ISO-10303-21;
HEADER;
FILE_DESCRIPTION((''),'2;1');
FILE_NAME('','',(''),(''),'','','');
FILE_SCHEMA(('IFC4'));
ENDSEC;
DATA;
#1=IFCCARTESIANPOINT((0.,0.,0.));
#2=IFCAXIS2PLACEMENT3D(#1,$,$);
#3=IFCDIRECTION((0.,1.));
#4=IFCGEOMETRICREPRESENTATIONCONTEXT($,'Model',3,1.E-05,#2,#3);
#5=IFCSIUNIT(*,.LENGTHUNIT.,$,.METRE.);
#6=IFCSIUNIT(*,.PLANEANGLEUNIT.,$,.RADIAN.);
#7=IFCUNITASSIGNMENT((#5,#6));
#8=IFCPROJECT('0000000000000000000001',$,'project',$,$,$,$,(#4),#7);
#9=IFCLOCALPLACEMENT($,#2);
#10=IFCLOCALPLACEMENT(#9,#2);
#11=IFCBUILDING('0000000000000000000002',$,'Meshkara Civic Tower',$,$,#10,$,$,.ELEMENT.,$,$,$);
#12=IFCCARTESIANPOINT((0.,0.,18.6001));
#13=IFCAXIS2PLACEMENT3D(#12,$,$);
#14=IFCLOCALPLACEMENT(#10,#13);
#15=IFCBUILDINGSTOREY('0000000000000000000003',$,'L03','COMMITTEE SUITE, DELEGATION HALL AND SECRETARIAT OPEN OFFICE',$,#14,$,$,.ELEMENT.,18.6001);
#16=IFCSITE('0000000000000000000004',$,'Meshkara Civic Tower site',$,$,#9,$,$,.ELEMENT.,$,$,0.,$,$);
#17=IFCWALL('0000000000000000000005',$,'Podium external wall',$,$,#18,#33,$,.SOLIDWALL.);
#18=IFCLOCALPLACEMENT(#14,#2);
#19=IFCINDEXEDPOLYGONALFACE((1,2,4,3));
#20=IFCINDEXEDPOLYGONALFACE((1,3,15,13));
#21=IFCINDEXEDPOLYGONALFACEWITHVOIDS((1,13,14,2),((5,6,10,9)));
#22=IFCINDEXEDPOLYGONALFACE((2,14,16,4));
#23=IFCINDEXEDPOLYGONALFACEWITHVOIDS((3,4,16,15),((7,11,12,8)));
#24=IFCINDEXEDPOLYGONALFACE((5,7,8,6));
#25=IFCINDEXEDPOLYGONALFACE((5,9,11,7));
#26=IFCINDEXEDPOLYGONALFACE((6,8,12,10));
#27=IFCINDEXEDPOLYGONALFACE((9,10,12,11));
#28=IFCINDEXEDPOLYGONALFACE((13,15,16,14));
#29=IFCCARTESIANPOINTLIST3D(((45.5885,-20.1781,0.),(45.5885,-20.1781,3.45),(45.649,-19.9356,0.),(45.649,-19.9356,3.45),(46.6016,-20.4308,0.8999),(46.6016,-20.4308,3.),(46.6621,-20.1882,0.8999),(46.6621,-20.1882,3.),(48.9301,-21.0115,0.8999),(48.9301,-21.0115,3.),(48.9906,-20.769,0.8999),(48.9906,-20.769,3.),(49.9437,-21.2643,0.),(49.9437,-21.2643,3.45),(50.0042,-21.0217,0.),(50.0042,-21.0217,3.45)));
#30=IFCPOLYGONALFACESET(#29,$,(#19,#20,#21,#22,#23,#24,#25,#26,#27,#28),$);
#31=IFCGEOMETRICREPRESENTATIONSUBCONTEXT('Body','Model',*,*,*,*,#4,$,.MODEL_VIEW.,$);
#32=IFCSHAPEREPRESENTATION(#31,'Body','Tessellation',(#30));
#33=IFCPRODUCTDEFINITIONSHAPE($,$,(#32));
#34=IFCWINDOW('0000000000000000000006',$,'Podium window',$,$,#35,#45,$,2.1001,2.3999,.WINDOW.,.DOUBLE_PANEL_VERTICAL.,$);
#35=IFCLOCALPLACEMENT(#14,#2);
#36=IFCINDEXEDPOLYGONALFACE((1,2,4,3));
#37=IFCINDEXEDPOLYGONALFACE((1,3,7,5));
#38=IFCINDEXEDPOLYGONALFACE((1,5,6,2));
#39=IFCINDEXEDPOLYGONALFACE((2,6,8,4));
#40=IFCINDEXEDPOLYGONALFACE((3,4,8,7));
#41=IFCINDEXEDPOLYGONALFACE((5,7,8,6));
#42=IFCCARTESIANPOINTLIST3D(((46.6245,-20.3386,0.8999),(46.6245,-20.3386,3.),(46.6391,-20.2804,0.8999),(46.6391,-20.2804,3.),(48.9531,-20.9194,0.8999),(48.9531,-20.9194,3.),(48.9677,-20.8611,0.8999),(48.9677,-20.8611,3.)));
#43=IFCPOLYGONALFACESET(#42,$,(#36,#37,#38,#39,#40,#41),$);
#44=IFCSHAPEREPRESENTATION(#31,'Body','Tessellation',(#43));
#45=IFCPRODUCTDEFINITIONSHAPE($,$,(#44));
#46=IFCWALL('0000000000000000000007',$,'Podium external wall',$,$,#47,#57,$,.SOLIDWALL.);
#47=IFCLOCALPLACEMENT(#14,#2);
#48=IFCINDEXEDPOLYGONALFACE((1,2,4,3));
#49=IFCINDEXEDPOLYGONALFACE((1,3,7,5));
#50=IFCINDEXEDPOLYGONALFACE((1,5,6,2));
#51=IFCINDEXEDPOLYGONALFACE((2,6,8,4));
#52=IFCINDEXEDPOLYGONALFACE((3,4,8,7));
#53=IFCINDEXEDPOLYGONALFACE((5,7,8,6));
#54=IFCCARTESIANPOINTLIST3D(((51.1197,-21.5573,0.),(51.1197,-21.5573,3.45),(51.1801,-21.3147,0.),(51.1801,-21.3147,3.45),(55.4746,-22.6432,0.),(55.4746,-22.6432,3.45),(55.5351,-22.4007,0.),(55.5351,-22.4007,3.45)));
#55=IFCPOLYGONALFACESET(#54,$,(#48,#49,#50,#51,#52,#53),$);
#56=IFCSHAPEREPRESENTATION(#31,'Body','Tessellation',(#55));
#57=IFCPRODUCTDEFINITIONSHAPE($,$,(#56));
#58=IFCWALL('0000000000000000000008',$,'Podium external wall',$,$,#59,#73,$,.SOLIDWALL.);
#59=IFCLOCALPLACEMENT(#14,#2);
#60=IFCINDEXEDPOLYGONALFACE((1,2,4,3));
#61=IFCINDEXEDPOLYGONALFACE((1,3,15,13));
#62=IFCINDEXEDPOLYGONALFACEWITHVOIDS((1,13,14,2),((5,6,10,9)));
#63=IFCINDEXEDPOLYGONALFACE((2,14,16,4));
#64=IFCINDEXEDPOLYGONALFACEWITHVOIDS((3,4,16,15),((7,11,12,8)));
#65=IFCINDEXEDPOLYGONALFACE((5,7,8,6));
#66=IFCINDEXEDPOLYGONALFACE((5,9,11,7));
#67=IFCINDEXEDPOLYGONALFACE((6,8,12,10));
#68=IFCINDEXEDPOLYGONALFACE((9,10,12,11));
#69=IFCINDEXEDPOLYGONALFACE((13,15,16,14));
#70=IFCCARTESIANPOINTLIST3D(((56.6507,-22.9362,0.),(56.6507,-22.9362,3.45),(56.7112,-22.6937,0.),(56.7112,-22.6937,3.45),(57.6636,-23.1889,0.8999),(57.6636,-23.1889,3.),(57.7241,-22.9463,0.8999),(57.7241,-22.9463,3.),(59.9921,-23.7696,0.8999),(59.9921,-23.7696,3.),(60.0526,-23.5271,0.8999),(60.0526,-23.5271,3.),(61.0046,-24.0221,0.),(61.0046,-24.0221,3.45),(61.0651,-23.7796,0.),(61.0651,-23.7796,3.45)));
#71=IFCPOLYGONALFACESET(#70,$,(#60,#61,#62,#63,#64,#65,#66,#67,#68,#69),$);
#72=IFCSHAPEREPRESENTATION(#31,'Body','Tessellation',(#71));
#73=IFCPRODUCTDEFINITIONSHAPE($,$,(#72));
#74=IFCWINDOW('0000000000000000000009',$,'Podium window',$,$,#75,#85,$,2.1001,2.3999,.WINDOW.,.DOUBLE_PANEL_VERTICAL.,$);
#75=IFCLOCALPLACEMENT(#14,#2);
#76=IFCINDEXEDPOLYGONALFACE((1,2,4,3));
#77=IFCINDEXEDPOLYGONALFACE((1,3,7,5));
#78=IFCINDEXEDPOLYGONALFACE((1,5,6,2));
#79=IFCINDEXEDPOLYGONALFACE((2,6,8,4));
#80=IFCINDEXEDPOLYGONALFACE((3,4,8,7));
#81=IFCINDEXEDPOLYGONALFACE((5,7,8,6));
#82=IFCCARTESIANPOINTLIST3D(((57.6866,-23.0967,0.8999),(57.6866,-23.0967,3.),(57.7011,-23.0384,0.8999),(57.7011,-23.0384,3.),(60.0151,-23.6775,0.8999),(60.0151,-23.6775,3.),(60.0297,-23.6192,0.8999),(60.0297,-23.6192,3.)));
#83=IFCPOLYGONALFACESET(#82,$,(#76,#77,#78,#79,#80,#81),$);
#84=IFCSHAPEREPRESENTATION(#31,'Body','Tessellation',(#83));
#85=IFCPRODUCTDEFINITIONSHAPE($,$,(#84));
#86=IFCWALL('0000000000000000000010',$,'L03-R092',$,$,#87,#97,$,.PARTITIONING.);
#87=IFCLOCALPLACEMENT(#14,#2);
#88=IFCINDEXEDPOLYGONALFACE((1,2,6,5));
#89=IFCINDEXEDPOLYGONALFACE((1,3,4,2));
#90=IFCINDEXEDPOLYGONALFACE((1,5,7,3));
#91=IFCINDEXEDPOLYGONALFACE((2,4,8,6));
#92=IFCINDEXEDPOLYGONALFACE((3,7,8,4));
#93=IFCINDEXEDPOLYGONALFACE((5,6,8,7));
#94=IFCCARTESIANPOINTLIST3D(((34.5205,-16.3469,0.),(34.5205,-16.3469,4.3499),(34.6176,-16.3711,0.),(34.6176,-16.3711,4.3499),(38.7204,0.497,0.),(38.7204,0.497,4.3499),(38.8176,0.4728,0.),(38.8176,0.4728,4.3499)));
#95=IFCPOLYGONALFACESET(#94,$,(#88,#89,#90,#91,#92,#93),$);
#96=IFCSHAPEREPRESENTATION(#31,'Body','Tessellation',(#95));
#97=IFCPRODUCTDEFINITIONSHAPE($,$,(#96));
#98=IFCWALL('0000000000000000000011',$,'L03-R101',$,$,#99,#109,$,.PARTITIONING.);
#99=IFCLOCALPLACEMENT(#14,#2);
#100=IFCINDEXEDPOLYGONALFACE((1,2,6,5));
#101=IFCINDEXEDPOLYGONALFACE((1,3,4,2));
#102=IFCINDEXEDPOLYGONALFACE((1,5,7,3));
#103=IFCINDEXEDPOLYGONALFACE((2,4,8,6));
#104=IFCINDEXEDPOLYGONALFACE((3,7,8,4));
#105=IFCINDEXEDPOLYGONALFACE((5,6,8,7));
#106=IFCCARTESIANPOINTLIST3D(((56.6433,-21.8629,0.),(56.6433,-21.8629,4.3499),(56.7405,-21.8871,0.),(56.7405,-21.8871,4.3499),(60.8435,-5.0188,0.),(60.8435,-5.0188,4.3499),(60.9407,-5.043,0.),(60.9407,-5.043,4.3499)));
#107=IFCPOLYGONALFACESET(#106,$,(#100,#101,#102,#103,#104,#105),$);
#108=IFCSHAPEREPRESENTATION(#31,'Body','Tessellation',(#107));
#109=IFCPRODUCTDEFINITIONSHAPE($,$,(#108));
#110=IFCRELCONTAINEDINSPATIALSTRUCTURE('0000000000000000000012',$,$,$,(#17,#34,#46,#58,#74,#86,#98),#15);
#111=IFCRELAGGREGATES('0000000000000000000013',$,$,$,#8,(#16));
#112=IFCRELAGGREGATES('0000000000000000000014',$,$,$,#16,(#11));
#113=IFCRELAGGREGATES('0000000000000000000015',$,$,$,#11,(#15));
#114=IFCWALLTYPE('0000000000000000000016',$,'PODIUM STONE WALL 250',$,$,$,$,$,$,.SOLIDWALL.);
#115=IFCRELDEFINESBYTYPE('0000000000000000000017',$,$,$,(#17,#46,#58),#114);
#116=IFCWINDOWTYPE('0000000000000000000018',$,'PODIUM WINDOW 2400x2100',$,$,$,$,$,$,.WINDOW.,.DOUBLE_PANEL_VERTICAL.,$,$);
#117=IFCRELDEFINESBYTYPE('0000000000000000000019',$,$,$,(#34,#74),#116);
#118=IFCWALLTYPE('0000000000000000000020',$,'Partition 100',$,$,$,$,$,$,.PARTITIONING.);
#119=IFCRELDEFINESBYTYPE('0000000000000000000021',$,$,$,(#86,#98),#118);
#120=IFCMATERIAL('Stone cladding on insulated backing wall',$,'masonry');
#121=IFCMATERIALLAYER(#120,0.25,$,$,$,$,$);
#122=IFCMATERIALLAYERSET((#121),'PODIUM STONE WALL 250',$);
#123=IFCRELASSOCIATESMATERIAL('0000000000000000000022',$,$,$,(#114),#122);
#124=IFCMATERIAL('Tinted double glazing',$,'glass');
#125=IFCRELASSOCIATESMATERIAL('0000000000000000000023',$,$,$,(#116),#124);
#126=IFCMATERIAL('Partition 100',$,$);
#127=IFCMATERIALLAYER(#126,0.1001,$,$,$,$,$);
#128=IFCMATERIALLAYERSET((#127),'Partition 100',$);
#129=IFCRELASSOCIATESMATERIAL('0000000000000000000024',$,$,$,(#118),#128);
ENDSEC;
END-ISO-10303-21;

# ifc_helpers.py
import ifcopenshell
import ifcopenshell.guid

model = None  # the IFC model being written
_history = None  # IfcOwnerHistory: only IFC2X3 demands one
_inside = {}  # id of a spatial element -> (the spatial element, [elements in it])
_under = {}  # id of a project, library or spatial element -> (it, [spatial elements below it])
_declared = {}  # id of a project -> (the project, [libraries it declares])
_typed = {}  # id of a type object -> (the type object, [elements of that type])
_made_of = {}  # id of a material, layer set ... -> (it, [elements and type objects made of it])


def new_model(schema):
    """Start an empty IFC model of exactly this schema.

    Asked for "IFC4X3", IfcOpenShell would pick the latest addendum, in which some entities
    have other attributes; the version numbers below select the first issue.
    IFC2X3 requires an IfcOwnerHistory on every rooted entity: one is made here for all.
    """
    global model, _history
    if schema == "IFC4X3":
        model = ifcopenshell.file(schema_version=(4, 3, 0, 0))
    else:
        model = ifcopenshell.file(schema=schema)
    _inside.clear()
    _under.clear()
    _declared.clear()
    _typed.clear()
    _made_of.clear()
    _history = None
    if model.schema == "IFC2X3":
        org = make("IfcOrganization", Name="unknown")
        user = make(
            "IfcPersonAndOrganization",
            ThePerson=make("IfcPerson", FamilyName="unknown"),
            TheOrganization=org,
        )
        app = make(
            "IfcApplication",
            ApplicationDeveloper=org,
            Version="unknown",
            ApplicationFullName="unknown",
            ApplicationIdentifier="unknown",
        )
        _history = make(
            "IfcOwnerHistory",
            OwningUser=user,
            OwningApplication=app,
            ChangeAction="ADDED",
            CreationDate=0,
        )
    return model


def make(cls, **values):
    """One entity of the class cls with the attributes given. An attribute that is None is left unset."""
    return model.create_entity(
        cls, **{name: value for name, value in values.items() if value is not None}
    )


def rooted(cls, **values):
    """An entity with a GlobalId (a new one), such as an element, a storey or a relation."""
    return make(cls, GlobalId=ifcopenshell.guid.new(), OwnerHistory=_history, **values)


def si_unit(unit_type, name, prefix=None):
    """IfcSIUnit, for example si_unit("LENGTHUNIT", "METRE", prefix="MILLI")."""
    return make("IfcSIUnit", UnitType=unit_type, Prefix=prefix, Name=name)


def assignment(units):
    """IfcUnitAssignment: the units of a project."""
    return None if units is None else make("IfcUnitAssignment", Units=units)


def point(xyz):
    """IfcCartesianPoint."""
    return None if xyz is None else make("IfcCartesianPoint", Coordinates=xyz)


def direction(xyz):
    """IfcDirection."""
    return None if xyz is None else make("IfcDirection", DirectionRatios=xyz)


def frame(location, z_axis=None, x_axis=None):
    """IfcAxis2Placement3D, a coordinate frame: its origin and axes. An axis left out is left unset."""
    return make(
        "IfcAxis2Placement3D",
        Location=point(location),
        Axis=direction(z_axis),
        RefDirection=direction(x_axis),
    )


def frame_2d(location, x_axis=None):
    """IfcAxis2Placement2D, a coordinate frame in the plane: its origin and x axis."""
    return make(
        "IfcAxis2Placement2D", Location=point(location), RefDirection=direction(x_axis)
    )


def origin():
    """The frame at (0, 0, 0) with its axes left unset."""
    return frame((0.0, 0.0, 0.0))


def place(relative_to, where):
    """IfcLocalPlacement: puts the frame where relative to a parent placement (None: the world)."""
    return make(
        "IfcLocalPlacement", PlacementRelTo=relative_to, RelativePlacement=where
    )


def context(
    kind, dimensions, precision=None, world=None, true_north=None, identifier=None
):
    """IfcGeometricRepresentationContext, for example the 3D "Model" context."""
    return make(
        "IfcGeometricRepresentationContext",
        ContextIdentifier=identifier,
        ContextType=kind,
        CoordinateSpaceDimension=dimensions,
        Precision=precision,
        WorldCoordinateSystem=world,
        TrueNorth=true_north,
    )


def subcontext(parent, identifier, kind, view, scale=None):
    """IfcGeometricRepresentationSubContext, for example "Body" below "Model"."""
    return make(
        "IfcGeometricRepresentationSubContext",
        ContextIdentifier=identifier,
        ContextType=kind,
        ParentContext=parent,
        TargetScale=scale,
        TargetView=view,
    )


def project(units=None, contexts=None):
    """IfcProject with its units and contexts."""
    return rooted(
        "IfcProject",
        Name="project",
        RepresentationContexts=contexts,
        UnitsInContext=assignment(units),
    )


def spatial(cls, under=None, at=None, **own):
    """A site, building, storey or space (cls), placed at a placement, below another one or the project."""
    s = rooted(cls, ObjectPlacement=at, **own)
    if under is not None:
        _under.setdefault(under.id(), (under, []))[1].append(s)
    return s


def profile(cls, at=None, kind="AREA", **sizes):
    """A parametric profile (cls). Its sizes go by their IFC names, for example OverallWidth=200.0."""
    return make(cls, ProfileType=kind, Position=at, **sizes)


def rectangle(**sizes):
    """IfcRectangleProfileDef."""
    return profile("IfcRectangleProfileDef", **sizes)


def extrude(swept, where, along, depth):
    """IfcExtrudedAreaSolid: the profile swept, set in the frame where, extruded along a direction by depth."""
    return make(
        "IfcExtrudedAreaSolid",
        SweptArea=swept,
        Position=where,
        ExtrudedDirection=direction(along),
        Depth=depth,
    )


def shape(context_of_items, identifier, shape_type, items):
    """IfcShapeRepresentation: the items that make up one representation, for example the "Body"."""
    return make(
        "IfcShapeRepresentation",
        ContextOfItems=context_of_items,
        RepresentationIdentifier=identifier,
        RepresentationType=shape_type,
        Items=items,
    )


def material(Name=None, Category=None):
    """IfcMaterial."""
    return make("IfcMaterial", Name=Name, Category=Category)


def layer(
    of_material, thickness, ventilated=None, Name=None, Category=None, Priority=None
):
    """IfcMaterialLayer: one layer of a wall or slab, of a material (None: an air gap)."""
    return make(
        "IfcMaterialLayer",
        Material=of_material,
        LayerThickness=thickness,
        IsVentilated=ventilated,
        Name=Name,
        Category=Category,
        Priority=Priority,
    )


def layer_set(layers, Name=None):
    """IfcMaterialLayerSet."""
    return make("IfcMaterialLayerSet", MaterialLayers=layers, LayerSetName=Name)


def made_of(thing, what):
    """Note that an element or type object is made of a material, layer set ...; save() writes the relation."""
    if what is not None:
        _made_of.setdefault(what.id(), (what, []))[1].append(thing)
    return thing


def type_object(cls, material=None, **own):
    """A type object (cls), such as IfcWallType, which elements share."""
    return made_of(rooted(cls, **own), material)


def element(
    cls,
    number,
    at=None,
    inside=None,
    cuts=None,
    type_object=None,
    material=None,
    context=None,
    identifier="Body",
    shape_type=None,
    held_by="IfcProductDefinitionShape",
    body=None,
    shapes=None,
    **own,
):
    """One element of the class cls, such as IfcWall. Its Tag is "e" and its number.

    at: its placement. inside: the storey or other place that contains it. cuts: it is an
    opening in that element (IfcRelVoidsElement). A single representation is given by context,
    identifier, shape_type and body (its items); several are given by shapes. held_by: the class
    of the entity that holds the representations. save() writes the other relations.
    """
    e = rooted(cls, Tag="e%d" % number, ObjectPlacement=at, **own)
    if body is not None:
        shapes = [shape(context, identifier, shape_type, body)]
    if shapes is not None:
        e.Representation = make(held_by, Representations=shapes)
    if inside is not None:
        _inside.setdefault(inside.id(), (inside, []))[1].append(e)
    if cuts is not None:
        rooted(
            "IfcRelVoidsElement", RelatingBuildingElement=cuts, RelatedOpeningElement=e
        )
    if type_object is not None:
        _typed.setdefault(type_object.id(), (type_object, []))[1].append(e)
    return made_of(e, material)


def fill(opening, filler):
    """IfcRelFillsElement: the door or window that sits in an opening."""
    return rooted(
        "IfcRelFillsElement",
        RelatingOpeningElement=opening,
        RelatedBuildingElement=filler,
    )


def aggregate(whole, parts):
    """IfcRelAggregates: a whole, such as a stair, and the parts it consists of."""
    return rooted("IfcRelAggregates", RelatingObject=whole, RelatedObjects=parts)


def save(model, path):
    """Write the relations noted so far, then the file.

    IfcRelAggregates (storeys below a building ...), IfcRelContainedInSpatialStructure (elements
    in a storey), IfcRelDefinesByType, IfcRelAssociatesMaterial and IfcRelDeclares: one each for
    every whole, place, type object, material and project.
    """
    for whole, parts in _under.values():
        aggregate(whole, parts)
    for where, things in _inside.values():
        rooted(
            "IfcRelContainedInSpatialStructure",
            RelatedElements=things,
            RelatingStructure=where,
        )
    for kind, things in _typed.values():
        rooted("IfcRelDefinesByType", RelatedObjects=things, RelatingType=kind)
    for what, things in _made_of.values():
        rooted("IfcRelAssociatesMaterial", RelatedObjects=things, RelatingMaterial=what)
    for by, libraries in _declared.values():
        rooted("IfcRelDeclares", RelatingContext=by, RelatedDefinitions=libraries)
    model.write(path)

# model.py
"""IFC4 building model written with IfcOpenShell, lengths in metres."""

from ifc_helpers import new_model, si_unit, direction, frame, frame_2d, origin, place, context, subcontext, project, spatial, rectangle, extrude, material, layer, layer_set, type_object, element, fill, save


model = new_model("IFC4")

# Units and contexts
model_context = context("Model", 3, precision=1e-05, world=origin(), true_north=direction((0.0, 1.0)))
body_context = subcontext(model_context, "Body", "Model", "MODEL_VIEW")
ifc_project = project(units=[si_unit("LENGTHUNIT", "METRE"), si_unit("PLANEANGLEUNIT", "RADIAN")], contexts=[model_context])

# Site, building, storey
site_placement = place(None, origin())
site = spatial("IfcSite", under=ifc_project, at=site_placement, Name="Meshkara Civic Tower site", CompositionType="ELEMENT", RefElevation=0.0)
building_placement = place(site_placement, origin())
building = spatial("IfcBuilding", under=site, at=building_placement, Name="Meshkara Civic Tower", CompositionType="ELEMENT")
storey_placement = place(building_placement, frame((0.0, 0.0, 18.6001)))
storey = spatial("IfcBuildingStorey", under=building, at=storey_placement, Name="L03", Description="COMMITTEE SUITE, DELEGATION HALL AND SECRETARIAT OPEN OFFICE", CompositionType="ELEMENT", Elevation=18.6001)

# Shared definitions
ifc_material_1 = material(Name="Stone cladding on insulated backing wall", Category="masonry")
ifc_layer_1 = layer(ifc_material_1, 0.25)
ifc_layer_set_1 = layer_set([ifc_layer_1], Name="PODIUM STONE WALL 250")
wall_type_1 = type_object("IfcWallType", Name="PODIUM STONE WALL 250", PredefinedType="SOLIDWALL", material=ifc_layer_set_1)

# Shared definitions
ifc_material_2 = material(Name="Tinted double glazing", Category="glass")
window_type = type_object("IfcWindowType", Name="PODIUM WINDOW 2400x2100", PartitioningType="DOUBLE_PANEL_VERTICAL", PredefinedType="WINDOW", material=ifc_material_2)

# Wall, opening, window
wall_1_placement = place(storey_placement, frame((45.6189, -20.0569, 0.0), z_axis=(0.0, 0.0, 1.0), x_axis=(0.97028, -0.241985, 0.0)))
wall_1 = element("IfcWall", 1, at=wall_1_placement, inside=storey, type_object=wall_type_1, Name="Podium external wall", PredefinedType="SOLIDWALL", context=body_context, shape_type="SweptSolid", body=[
    extrude(rectangle(XDim=4.4885, YDim=0.25, at=frame_2d((2.2441, 0.0))), origin(), (0.0, 0.0, 1.0), 3.45),
])
opening_1_placement = place(wall_1_placement, frame((1.0439, 0.0, 0.8999)))
opening_1 = element("IfcOpeningElement", 2, at=opening_1_placement, cuts=wall_1, PredefinedType="OPENING", context=body_context, shape_type="SweptSolid", body=[
    extrude(rectangle(XDim=2.3999, YDim=2.1001, at=frame_2d((1.2, 1.05))), frame((0.0, 0.135, 0.0), z_axis=(0.0, -1.0, 0.0), x_axis=(1.0, 0.0, 0.0)), (0.0, 0.0, 1.0), 0.27),
])
window_1_placement = place(opening_1_placement, origin())
window_1 = element("IfcWindow", 3, at=window_1_placement, inside=storey, type_object=window_type, Name="Podium window", OverallHeight=2.1001, OverallWidth=2.3999, PartitioningType="DOUBLE_PANEL_VERTICAL", PredefinedType="WINDOW", context=body_context, shape_type="SweptSolid", body=[
    extrude(rectangle(XDim=2.3999, YDim=2.1001, at=frame_2d((1.2, 1.05))), frame((0.0, 0.03, 0.0), z_axis=(0.0, -1.0, 0.0), x_axis=(1.0, 0.0, 0.0)), (0.0, 0.0, 1.0), 0.0601),
])
fill(opening_1, window_1)

# Wall
wall_2_placement = place(storey_placement, frame((51.1499, -21.436, 0.0), z_axis=(0.0, 0.0, 1.0), x_axis=(0.97029, -0.241947, 0.0)))
element("IfcWall", 4, at=wall_2_placement, inside=storey, type_object=wall_type_1, Name="Podium external wall", PredefinedType="SOLIDWALL", context=body_context, shape_type="SweptSolid", body=[
    extrude(rectangle(XDim=4.4883, YDim=0.25, at=frame_2d((2.2441, 0.0))), origin(), (0.0, 0.0, 1.0), 3.45),
])

# Wall, opening, window
wall_3_placement = place(storey_placement, frame((56.6809, -22.8149, 0.0), z_axis=(0.0, 0.0, 1.0), x_axis=(0.970277, -0.241998, 0.0)))
wall_3 = element("IfcWall", 5, at=wall_3_placement, inside=storey, type_object=wall_type_1, Name="Podium external wall", PredefinedType="SOLIDWALL", context=body_context, shape_type="SweptSolid", body=[
    extrude(rectangle(XDim=4.4873, YDim=0.25, at=frame_2d((2.2437, 0.0))), origin(), (0.0, 0.0, 1.0), 3.45),
])
opening_2_placement = place(wall_3_placement, frame((1.0439, 0.0, 0.8999)))
opening_2 = element("IfcOpeningElement", 6, at=opening_2_placement, cuts=wall_3, PredefinedType="OPENING", context=body_context, shape_type="SweptSolid", body=[
    extrude(rectangle(XDim=2.3999, YDim=2.1001, at=frame_2d((1.2, 1.05))), frame((0.0, 0.135, 0.0), z_axis=(0.0, -1.0, 0.0), x_axis=(1.0, 0.0, 0.0)), (0.0, 0.0, 1.0), 0.27),
])
window_2_placement = place(opening_2_placement, origin())
window_2 = element("IfcWindow", 7, at=window_2_placement, inside=storey, type_object=window_type, Name="Podium window", OverallHeight=2.1001, OverallWidth=2.3999, PartitioningType="DOUBLE_PANEL_VERTICAL", PredefinedType="WINDOW", context=body_context, shape_type="SweptSolid", body=[
    extrude(rectangle(XDim=2.3999, YDim=2.1001, at=frame_2d((1.2, 1.05))), frame((0.0, 0.03, 0.0), z_axis=(0.0, -1.0, 0.0), x_axis=(1.0, 0.0, 0.0)), (0.0, 0.0, 1.0), 0.0601),
])
fill(opening_2, window_2)

# Walls
ifc_material_3 = material(Name="Partition 100")
ifc_layer_2 = layer(ifc_material_3, 0.1001)
ifc_layer_set_2 = layer_set([ifc_layer_2], Name="Partition 100")
wall_type_2 = type_object("IfcWallType", Name="Partition 100", PredefinedType="PARTITIONING", material=ifc_layer_set_2)
wall_4_placement = place(storey_placement, frame((34.5691, -16.3589, 0.0), z_axis=(0.0, 0.0, 1.0), x_axis=(0.241937, 0.970292, 0.0)))
element("IfcWall", 8, at=wall_4_placement, inside=storey, type_object=wall_type_2, Name="L03-R092", PredefinedType="PARTITIONING", context=body_context, shape_type="SweptSolid", body=[
    extrude(rectangle(XDim=17.3596, YDim=0.1001, at=frame_2d((8.6797, 0.0))), origin(), (0.0, 0.0, 1.0), 4.3499),
])
wall_5_placement = place(storey_placement, frame((56.6919, -21.875, 0.0), z_axis=(0.0, 0.0, 1.0), x_axis=(0.24195, 0.970289, 0.0)))
element("IfcWall", 9, at=wall_5_placement, inside=storey, type_object=wall_type_2, Name="L03-R101", PredefinedType="PARTITIONING", context=body_context, shape_type="SweptSolid", body=[
    extrude(rectangle(XDim=17.3599, YDim=0.1001, at=frame_2d((8.6799, 0.0))), origin(), (0.0, 0.0, 1.0), 4.3499),
])

save(model, "model.ifc")
